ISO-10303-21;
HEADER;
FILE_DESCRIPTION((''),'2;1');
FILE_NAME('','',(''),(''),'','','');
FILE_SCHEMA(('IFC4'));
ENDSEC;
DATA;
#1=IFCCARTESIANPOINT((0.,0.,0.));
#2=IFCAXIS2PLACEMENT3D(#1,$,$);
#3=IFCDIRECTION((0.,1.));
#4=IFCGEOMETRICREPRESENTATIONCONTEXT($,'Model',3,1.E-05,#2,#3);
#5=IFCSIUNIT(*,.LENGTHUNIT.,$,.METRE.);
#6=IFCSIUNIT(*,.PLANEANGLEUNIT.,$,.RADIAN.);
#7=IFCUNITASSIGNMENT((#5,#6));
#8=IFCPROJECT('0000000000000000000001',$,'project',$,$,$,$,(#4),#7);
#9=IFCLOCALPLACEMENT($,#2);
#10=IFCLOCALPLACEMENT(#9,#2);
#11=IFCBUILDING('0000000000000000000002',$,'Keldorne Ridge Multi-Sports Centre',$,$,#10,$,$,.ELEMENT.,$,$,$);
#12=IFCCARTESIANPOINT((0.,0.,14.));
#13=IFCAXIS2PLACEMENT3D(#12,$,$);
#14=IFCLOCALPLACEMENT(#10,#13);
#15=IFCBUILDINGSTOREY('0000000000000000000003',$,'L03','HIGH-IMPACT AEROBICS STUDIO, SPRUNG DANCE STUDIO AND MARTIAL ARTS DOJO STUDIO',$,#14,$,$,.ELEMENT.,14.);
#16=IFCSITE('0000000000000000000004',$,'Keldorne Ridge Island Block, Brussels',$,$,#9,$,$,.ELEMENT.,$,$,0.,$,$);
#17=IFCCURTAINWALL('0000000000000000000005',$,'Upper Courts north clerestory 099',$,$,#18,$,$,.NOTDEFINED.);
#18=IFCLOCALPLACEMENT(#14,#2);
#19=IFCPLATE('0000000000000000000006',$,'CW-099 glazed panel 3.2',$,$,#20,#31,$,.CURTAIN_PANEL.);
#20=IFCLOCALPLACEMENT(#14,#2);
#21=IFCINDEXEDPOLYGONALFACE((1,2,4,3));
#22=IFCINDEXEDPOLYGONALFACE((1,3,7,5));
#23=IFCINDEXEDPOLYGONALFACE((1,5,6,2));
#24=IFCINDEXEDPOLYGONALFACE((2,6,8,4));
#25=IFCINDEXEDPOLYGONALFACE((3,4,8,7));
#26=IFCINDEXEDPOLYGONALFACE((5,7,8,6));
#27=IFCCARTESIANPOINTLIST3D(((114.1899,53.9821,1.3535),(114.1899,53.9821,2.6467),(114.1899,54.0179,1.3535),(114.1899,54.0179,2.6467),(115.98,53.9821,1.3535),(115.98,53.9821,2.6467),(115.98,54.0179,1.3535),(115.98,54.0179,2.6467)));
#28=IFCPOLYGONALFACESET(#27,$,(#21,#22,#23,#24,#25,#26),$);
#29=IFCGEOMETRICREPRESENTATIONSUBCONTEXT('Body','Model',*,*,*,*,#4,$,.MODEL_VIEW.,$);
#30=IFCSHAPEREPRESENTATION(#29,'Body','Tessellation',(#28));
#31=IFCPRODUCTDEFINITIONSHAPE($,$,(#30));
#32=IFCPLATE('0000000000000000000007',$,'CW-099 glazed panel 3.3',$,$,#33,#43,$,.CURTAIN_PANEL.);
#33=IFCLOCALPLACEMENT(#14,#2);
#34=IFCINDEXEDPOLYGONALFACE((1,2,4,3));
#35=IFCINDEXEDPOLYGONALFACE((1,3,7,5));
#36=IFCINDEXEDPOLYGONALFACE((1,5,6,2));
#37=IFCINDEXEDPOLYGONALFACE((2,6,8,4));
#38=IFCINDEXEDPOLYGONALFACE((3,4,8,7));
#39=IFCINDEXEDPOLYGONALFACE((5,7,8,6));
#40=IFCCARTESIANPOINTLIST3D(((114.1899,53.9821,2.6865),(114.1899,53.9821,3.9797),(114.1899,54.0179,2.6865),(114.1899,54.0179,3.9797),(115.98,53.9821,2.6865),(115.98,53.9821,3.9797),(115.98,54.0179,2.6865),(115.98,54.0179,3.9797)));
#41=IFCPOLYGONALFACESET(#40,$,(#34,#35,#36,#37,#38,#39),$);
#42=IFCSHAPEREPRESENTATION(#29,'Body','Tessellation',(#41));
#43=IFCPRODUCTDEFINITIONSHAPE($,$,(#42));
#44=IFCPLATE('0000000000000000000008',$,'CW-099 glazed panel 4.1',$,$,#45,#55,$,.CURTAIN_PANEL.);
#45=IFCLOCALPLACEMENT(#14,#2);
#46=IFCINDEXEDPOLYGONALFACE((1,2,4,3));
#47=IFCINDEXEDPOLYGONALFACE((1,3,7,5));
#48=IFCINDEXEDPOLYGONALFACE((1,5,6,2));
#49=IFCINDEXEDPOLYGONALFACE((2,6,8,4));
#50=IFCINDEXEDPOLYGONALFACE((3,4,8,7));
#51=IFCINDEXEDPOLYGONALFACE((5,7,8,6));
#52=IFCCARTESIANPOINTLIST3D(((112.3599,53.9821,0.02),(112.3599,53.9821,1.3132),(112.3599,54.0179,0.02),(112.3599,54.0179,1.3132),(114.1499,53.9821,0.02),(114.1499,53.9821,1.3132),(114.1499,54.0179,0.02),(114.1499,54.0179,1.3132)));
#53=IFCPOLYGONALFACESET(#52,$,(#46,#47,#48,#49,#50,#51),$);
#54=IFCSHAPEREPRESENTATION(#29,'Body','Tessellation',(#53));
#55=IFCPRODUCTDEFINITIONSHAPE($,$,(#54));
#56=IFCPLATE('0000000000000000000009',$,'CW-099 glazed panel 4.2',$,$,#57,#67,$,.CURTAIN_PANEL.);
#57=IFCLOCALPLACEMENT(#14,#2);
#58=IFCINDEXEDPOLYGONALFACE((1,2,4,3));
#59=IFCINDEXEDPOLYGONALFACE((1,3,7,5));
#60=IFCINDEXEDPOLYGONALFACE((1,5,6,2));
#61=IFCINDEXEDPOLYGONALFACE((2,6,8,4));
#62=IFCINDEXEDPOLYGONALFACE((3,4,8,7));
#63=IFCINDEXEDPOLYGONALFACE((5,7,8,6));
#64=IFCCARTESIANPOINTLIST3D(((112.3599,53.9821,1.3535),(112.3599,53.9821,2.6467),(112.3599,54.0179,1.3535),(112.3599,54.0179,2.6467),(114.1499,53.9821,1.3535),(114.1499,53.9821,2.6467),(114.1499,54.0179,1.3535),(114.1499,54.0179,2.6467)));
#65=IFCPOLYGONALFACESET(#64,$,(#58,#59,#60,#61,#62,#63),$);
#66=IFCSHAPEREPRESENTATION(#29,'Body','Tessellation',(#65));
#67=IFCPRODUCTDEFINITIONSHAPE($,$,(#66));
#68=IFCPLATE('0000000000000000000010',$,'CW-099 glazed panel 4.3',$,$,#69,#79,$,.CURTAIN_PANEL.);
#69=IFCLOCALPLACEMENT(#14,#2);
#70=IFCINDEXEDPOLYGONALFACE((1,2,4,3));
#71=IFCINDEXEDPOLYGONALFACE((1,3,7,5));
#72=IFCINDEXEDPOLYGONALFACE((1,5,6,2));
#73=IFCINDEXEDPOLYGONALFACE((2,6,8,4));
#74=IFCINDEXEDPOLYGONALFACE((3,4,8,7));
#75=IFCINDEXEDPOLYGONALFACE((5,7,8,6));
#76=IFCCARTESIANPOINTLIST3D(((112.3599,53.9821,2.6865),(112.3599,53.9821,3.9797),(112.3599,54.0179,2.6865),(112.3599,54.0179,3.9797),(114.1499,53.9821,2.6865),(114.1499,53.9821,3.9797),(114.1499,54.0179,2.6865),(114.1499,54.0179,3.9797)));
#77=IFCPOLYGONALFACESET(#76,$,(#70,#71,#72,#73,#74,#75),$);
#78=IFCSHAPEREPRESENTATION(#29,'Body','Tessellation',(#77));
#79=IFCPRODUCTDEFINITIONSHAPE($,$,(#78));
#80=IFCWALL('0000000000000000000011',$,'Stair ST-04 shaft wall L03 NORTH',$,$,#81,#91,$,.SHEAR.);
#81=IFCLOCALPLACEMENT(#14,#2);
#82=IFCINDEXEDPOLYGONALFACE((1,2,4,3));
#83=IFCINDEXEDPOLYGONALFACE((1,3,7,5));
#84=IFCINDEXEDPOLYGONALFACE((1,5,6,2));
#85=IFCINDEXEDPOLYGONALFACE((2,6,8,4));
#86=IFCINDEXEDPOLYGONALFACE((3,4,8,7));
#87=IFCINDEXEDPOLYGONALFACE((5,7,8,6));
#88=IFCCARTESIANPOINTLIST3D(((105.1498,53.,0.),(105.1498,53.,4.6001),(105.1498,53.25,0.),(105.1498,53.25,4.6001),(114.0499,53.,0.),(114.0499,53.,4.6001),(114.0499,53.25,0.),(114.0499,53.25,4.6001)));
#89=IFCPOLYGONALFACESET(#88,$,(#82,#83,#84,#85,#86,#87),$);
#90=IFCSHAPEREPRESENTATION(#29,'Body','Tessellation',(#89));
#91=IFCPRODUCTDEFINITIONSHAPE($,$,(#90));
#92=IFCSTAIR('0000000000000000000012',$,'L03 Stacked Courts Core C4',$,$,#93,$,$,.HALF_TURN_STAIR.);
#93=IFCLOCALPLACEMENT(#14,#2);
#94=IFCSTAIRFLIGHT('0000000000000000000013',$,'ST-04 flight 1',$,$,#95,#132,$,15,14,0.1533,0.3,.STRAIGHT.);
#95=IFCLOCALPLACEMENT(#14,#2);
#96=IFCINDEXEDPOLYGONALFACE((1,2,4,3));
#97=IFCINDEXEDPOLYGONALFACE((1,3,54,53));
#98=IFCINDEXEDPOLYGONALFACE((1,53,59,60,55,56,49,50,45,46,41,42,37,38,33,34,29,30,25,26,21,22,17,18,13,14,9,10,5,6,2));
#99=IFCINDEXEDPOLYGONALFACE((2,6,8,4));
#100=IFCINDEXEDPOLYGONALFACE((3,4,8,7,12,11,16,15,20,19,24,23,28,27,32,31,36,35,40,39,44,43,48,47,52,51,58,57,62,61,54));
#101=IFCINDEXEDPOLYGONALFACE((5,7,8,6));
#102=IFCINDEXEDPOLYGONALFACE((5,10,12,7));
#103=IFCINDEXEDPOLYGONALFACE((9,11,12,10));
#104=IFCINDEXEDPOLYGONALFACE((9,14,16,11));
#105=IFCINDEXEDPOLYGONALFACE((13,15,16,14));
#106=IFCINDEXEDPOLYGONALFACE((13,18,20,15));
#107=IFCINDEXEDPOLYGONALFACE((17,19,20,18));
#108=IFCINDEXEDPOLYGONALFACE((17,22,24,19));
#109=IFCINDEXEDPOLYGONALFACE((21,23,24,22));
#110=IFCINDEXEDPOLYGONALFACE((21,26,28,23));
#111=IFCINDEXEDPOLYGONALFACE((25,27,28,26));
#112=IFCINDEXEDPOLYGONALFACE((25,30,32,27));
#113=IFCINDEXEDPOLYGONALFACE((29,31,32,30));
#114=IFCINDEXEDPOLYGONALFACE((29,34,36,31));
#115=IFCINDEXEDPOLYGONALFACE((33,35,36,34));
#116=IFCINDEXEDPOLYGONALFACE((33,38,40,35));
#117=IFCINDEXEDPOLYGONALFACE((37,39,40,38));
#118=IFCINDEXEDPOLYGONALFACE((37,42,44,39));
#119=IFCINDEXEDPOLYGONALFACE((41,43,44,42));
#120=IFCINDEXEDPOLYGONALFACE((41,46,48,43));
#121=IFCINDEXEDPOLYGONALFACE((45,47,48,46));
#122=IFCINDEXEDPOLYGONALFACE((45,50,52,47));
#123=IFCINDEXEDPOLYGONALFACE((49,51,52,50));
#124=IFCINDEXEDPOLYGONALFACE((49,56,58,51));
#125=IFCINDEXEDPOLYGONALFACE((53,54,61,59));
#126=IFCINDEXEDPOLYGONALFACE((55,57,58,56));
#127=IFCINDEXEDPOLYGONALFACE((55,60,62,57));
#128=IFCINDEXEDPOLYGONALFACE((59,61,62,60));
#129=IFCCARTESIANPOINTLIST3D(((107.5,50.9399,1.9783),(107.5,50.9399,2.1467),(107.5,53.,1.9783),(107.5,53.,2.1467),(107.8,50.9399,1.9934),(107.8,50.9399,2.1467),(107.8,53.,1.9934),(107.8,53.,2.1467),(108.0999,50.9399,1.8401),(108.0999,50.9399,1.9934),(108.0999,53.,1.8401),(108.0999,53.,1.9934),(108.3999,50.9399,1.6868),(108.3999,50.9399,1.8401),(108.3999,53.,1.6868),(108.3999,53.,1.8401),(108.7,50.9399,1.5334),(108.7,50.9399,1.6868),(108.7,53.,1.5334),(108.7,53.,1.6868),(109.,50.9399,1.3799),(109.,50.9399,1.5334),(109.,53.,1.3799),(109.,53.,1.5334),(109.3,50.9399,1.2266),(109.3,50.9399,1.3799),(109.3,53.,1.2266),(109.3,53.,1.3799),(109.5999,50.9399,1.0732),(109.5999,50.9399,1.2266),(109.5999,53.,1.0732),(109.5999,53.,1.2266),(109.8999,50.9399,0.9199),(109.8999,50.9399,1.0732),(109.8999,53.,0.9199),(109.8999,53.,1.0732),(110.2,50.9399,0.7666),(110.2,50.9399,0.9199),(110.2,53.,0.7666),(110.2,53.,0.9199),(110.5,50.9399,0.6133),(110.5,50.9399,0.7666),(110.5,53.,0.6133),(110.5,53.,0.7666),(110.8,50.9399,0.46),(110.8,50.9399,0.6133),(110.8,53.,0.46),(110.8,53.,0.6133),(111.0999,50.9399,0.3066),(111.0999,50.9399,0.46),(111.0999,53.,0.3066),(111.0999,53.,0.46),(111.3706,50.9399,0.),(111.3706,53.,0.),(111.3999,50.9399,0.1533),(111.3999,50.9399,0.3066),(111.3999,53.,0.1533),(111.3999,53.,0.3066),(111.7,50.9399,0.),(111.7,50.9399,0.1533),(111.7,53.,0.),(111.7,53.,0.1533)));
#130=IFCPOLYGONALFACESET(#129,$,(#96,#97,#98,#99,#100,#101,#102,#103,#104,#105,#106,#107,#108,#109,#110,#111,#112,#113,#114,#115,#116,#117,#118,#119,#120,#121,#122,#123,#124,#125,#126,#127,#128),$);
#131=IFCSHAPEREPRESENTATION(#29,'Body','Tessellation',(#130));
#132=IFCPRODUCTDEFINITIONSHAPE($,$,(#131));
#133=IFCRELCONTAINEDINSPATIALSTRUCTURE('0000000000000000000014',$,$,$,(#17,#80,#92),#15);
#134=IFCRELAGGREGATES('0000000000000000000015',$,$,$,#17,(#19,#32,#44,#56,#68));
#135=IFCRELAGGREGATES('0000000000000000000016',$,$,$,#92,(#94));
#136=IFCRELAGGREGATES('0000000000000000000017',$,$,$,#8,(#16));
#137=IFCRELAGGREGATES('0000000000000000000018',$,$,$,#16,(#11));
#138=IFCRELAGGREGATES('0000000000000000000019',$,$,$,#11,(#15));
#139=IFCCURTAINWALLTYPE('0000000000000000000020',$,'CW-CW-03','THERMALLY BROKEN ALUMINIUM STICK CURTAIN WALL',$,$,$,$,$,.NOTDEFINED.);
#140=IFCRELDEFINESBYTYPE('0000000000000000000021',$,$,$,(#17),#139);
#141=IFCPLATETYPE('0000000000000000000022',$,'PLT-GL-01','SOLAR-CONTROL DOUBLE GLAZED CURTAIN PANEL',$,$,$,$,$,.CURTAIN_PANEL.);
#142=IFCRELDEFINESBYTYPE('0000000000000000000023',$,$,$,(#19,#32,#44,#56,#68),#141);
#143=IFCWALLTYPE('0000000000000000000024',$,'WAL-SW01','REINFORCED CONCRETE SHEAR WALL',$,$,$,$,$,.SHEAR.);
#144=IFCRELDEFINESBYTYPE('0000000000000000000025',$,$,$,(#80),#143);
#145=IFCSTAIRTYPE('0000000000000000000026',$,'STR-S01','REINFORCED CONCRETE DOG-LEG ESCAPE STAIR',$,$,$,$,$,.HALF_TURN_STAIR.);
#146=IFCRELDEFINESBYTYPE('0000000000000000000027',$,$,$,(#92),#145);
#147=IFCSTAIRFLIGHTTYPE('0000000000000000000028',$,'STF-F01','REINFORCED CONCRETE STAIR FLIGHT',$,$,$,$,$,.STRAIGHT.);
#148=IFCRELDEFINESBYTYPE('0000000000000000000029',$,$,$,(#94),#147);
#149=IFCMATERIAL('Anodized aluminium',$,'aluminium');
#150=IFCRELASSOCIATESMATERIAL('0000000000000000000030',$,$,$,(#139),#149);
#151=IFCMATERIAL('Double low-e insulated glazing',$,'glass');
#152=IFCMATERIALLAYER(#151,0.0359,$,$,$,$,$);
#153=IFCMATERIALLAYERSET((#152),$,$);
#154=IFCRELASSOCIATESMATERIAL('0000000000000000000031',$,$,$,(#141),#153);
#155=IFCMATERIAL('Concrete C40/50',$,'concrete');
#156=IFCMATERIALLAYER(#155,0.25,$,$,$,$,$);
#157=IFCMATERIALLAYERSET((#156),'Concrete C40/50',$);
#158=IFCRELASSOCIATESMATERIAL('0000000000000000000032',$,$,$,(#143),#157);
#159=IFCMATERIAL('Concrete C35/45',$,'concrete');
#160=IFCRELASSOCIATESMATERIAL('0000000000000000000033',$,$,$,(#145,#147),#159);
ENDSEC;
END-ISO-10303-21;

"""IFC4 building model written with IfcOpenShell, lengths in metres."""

from ifc_helpers import new_model, si_unit, direction, frame, frame_2d, origin, origin_2d, place, context, subcontext, project, spatial, polyline, rectangle, outline, extrude, material, layer, layer_set, type_object, element, aggregate, save


model = new_model("IFC4")

# Units and contexts
model_context = context("Model", 3, precision=1e-05, world=origin(), true_north=direction((0.0, 1.0)))
body_context = subcontext(model_context, "Body", "Model", "MODEL_VIEW")
ifc_project = project(units=[si_unit("LENGTHUNIT", "METRE"), si_unit("PLANEANGLEUNIT", "RADIAN")], contexts=[model_context])

# Site, building, storey
site_placement = place(None, origin())
site = spatial("IfcSite", under=ifc_project, at=site_placement, Name="Keldorne Ridge Island Block, Brussels", CompositionType="ELEMENT", RefElevation=0.0)
building_placement = place(site_placement, origin())
building = spatial("IfcBuilding", under=site, at=building_placement, Name="Keldorne Ridge Multi-Sports Centre", CompositionType="ELEMENT")
storey_placement = place(building_placement, frame((0.0, 0.0, 14.0)))
storey = spatial("IfcBuildingStorey", under=building, at=storey_placement, Name="L03", Description="HIGH-IMPACT AEROBICS STUDIO, SPRUNG DANCE STUDIO AND MARTIAL ARTS DOJO STUDIO", CompositionType="ELEMENT", Elevation=14.0)

# Shared definitions
ifc_material_1 = material(Name="Anodized aluminium", Category="aluminium")

# Curtain wall
curtain_wall_type_1 = type_object("IfcCurtainWallType", Name="CW-CW-03", Description="THERMALLY BROKEN ALUMINIUM STICK CURTAIN WALL", PredefinedType="NOTDEFINED", material=ifc_material_1)
curtain_wall_1_placement = place(storey_placement, origin())
curtain_wall_1 = element("IfcCurtainWall", 1, at=curtain_wall_1_placement, inside=storey, type_object=curtain_wall_type_1, Name="Upper Courts north clerestory 099", PredefinedType="NOTDEFINED")

# Plates
ifc_material_2 = material(Name="Double low-e insulated glazing", Category="glass")
ifc_layer_1 = layer(ifc_material_2, 0.0359)
ifc_layer_set_1 = layer_set([ifc_layer_1])
plate_type = type_object("IfcPlateType", Name="PLT-GL-01", Description="SOLAR-CONTROL DOUBLE GLAZED CURTAIN PANEL", PredefinedType="CURTAIN_PANEL", material=ifc_layer_set_1)
plate_1_placement = place(storey_placement, frame((115.085, 54.0, 1.3535), z_axis=(0.0, 0.0, 1.0), x_axis=(-1.0, 0.0, 0.0)))
plate_1 = element("IfcPlate", 2, at=plate_1_placement, type_object=plate_type, Name="CW-099 glazed panel 3.2", PredefinedType="CURTAIN_PANEL", context=body_context, shape_type="SweptSolid", body=[
    extrude(rectangle(XDim=1.79, YDim=0.0359, at=origin_2d()), origin(), (0.0, 0.0, 1.0), 1.2932),
])
plate_2_placement = place(storey_placement, frame((115.085, 54.0, 2.6865), z_axis=(0.0, 0.0, 1.0), x_axis=(-1.0, 0.0, 0.0)))
plate_2 = element("IfcPlate", 3, at=plate_2_placement, type_object=plate_type, Name="CW-099 glazed panel 3.3", PredefinedType="CURTAIN_PANEL", context=body_context, shape_type="SweptSolid", body=[
    extrude(rectangle(XDim=1.79, YDim=0.0359, at=origin_2d()), origin(), (0.0, 0.0, 1.0), 1.2932),
])
plate_3_placement = place(storey_placement, frame((113.2549, 54.0, 0.02), z_axis=(0.0, 0.0, 1.0), x_axis=(-1.0, 0.0, 0.0)))
plate_3 = element("IfcPlate", 4, at=plate_3_placement, type_object=plate_type, Name="CW-099 glazed panel 4.1", PredefinedType="CURTAIN_PANEL", context=body_context, shape_type="SweptSolid", body=[
    extrude(rectangle(XDim=1.79, YDim=0.0359, at=origin_2d()), origin(), (0.0, 0.0, 1.0), 1.2932),
])
plate_4_placement = place(storey_placement, frame((113.2549, 54.0, 1.3535), z_axis=(0.0, 0.0, 1.0), x_axis=(-1.0, 0.0, 0.0)))
plate_4 = element("IfcPlate", 5, at=plate_4_placement, type_object=plate_type, Name="CW-099 glazed panel 4.2", PredefinedType="CURTAIN_PANEL", context=body_context, shape_type="SweptSolid", body=[
    extrude(rectangle(XDim=1.79, YDim=0.0359, at=origin_2d()), origin(), (0.0, 0.0, 1.0), 1.2932),
])
plate_5_placement = place(storey_placement, frame((113.2549, 54.0, 2.6865), z_axis=(0.0, 0.0, 1.0), x_axis=(-1.0, 0.0, 0.0)))
plate_5 = element("IfcPlate", 6, at=plate_5_placement, type_object=plate_type, Name="CW-099 glazed panel 4.3", PredefinedType="CURTAIN_PANEL", context=body_context, shape_type="SweptSolid", body=[
    extrude(rectangle(XDim=1.79, YDim=0.0359, at=origin_2d()), origin(), (0.0, 0.0, 1.0), 1.2932),
])
aggregate(curtain_wall_1, [plate_1, plate_2, plate_3, plate_4, plate_5])

# Wall
ifc_material_3 = material(Name="Concrete C40/50", Category="concrete")
ifc_layer_2 = layer(ifc_material_3, 0.25)
ifc_layer_set_2 = layer_set([ifc_layer_2], Name="Concrete C40/50")
wall_type = type_object("IfcWallType", Name="WAL-SW01", Description="REINFORCED CONCRETE SHEAR WALL", PredefinedType="SHEAR", material=ifc_layer_set_2)
wall_placement = place(storey_placement, frame((114.05, 53.125, 0.0), z_axis=(0.0, 0.0, 1.0), x_axis=(-1.0, 0.0, 0.0)))
element("IfcWall", 7, at=wall_placement, inside=storey, type_object=wall_type, Name="Stair ST-04 shaft wall L03 NORTH", PredefinedType="SHEAR", context=body_context, shape_type="SweptSolid", body=[
    extrude(rectangle(XDim=8.9001, YDim=0.25, at=frame_2d((4.4502, 0.0))), origin(), (0.0, 0.0, 1.0), 4.6001),
])

# Stair, stair flight
ifc_material_4 = material(Name="Concrete C35/45", Category="concrete")
stair_type = type_object("IfcStairType", Name="STR-S01", Description="REINFORCED CONCRETE DOG-LEG ESCAPE STAIR", PredefinedType="HALF_TURN_STAIR", material=ifc_material_4)
stair_placement = place(storey_placement, origin())
stair = element("IfcStair", 8, at=stair_placement, inside=storey, type_object=stair_type, Name="L03 Stacked Courts Core C4", PredefinedType="HALF_TURN_STAIR")
stair_flight_type = type_object("IfcStairFlightType", Name="STF-F01", Description="REINFORCED CONCRETE STAIR FLIGHT", PredefinedType="STRAIGHT", material=ifc_material_4)
stair_flight_placement = place(storey_placement, frame((111.7, 51.97, 0.0), z_axis=(0.0, 0.0, 1.0), x_axis=(-1.0, 0.0, 0.0)))
stair_flight = element("IfcStairFlight", 9, at=stair_flight_placement, type_object=stair_flight_type, Name="ST-04 flight 1", NumberOfRisers=15, NumberOfTreads=14, PredefinedType="STRAIGHT", RiserHeight=0.1533, TreadLength=0.3, context=body_context, shape_type="SweptSolid", body=[
    extrude(outline(polyline([(0.0, 0.0), (0.0, 0.1533), (0.3, 0.1533), (0.3, 0.3066), (0.6001, 0.3066), (0.6001, 0.46), (0.8999, 0.46), (0.8999, 0.6133), (1.2, 0.6133), (1.2, 0.7666), (1.5, 0.7666), (1.5, 0.9199), (1.8, 0.9199), (1.8, 1.0732), (2.1001, 1.0732), (2.1001, 1.2266), (2.3999, 1.2266), (2.3999, 1.3799), (2.7, 1.3799), (2.7, 1.5334), (3.0, 1.5334), (3.0, 1.6868), (3.3, 1.6868), (3.3, 1.8401), (3.6001, 1.8401), (3.6001, 1.9934), (3.8999, 1.9934), (3.8999, 2.1467), (4.2, 2.1467), (4.2, 2.3), (4.2, 1.9783), (0.3293, 0.0), (0.0, 0.0)])), frame((0.0, 1.03, 0.0), z_axis=(0.0, -1.0, 0.0), x_axis=(1.0, 0.0, 0.0)), (0.0, 0.0, 1.0), 2.0601),
])
aggregate(stair, [stair_flight])

save(model, "model.ifc")
